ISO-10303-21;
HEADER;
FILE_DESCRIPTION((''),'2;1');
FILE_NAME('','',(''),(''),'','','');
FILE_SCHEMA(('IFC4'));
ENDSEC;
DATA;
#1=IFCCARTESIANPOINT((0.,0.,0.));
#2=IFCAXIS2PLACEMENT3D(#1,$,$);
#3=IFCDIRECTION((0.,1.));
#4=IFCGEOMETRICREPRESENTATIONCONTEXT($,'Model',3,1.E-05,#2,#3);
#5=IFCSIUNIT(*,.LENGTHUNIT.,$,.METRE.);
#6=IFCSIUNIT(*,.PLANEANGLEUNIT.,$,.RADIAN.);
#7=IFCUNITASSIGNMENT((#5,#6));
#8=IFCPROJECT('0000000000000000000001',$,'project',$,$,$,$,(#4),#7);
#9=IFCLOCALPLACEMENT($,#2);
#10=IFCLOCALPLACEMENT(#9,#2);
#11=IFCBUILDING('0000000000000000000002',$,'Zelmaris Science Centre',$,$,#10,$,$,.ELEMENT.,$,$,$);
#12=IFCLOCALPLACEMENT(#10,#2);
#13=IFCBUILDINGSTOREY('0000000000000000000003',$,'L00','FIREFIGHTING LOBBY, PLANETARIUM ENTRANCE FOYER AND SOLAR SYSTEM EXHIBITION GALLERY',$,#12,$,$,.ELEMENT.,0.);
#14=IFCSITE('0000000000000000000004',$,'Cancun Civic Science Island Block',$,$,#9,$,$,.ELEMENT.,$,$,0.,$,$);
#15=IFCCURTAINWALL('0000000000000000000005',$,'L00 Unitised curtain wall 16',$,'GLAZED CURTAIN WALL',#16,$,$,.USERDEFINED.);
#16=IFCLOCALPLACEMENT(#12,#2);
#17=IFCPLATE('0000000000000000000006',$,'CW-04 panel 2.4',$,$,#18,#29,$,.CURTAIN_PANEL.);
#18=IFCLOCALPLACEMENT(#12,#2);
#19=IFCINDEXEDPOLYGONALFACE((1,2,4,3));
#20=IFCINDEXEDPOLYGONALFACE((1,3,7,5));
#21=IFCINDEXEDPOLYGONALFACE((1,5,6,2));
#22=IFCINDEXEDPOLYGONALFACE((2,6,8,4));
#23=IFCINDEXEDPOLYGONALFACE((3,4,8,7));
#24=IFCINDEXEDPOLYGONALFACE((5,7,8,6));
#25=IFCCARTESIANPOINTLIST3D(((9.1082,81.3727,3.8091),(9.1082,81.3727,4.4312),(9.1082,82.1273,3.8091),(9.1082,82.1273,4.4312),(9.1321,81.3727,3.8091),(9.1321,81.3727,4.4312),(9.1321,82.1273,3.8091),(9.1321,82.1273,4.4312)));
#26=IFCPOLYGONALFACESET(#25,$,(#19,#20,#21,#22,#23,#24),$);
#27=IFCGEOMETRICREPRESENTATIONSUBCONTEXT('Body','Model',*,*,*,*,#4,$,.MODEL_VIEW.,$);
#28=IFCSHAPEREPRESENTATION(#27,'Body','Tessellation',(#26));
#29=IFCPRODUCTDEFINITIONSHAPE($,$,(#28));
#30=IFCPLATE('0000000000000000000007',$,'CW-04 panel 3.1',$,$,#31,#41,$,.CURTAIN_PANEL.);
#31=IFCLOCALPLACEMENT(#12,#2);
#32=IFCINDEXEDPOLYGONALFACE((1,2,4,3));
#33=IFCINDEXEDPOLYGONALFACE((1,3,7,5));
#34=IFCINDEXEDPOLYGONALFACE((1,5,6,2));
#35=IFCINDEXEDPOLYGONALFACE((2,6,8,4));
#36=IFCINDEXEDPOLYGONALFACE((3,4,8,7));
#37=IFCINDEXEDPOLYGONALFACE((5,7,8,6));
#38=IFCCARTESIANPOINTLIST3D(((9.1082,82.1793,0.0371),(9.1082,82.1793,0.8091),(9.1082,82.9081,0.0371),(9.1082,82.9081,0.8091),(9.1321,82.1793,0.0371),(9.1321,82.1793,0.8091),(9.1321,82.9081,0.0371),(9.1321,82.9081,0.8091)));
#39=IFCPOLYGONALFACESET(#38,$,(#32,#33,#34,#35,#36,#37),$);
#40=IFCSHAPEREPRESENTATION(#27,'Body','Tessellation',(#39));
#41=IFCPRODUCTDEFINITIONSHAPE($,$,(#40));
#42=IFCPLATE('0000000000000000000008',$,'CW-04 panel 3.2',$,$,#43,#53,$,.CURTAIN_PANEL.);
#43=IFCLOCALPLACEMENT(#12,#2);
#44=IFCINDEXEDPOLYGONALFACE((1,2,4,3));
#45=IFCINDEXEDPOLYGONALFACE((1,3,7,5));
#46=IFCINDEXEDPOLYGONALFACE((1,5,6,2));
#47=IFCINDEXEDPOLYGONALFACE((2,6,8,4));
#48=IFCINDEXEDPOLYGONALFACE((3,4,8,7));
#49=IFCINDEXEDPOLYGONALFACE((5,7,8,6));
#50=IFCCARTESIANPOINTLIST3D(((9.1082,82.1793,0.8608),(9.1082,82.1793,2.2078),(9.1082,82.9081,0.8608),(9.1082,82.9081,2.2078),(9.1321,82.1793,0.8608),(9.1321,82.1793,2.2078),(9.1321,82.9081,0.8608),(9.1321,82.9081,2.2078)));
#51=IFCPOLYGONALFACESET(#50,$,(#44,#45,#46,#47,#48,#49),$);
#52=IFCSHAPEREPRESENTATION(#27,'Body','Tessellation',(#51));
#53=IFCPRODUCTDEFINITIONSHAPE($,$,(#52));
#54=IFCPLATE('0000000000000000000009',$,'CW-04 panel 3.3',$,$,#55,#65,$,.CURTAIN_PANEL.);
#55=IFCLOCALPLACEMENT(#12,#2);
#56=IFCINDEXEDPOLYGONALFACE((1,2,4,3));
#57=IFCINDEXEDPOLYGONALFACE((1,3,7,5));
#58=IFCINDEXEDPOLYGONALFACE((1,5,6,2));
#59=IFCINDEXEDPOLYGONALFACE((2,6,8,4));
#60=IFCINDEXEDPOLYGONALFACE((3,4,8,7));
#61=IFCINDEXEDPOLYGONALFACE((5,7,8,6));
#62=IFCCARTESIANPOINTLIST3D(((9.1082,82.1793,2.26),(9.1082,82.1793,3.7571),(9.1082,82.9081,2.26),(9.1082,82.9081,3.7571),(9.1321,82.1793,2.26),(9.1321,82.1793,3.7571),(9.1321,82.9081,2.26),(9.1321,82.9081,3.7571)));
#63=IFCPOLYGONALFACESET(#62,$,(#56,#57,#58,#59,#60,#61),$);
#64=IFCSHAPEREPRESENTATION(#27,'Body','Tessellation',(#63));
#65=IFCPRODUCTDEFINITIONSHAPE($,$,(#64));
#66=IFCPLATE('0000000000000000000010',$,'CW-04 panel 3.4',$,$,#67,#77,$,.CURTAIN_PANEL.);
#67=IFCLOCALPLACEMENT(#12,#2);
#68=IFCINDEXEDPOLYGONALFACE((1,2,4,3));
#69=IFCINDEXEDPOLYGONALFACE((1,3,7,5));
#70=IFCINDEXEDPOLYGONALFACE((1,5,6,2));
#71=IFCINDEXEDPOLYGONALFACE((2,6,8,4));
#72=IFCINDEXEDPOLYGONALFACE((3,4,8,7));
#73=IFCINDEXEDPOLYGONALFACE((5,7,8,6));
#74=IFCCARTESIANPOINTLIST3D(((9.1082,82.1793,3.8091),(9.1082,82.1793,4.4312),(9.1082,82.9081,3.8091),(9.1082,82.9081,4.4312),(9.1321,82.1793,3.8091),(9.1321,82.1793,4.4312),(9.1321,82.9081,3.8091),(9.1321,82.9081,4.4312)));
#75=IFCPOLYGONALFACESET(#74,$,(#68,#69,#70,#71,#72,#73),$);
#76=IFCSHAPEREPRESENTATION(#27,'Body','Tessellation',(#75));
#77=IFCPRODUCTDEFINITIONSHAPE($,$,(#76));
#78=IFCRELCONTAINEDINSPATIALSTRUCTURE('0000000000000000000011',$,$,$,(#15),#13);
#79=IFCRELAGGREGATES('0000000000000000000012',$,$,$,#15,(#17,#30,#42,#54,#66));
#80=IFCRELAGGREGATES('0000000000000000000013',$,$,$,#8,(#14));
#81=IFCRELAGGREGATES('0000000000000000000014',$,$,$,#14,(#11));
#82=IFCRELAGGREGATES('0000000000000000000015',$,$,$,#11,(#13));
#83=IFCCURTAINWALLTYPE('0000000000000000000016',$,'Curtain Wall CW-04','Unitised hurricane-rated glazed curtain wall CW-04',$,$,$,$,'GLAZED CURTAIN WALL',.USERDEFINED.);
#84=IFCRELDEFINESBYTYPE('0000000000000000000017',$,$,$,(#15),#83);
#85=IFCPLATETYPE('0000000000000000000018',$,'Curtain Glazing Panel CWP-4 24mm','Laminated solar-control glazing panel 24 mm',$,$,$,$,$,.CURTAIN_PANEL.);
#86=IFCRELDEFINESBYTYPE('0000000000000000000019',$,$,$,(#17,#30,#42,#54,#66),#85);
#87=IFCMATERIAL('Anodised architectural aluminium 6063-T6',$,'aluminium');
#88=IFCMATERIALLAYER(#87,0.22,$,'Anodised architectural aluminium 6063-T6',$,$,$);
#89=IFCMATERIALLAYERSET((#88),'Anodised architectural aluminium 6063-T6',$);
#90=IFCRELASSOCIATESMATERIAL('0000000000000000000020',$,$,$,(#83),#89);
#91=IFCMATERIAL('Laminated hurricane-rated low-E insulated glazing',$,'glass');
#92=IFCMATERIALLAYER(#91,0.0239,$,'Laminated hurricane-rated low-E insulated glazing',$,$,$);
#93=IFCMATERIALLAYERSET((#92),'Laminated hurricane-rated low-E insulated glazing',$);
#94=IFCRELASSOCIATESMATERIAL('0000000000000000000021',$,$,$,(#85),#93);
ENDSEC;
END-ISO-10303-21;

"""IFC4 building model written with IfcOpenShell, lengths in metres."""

from ifc_helpers import new_model, si_unit, direction, frame, origin, origin_2d, place, context, subcontext, project, spatial, rectangle, extrude, material, layer, layer_set, type_object, element, aggregate, save


model = new_model("IFC4")

# Units and contexts
model_context = context("Model", 3, precision=1e-05, world=origin(), true_north=direction((0.0, 1.0)))
body_context = subcontext(model_context, "Body", "Model", "MODEL_VIEW")
ifc_project = project(units=[si_unit("LENGTHUNIT", "METRE"), si_unit("PLANEANGLEUNIT", "RADIAN")], contexts=[model_context])

# Site, building, storey
site_placement = place(None, origin())
site = spatial("IfcSite", under=ifc_project, at=site_placement, Name="Cancun Civic Science Island Block", CompositionType="ELEMENT", RefElevation=0.0)
building_placement = place(site_placement, origin())
building = spatial("IfcBuilding", under=site, at=building_placement, Name="Zelmaris Science Centre", CompositionType="ELEMENT")
storey_placement = place(building_placement, origin())
storey = spatial("IfcBuildingStorey", under=building, at=storey_placement, Name="L00", Description="FIREFIGHTING LOBBY, PLANETARIUM ENTRANCE FOYER AND SOLAR SYSTEM EXHIBITION GALLERY", CompositionType="ELEMENT", Elevation=0.0)

# Curtain wall
ifc_material_1 = material(Name="Anodised architectural aluminium 6063-T6", Category="aluminium")
ifc_layer_1 = layer(ifc_material_1, 0.22, Name="Anodised architectural aluminium 6063-T6")
ifc_layer_set_1 = layer_set([ifc_layer_1], Name="Anodised architectural aluminium 6063-T6")
curtain_wall_type = type_object("IfcCurtainWallType", Name="Curtain Wall CW-04", Description="Unitised hurricane-rated glazed curtain wall CW-04", ElementType="GLAZED CURTAIN WALL", PredefinedType="USERDEFINED", material=ifc_layer_set_1)
curtain_wall_placement = place(storey_placement, origin())
curtain_wall = element("IfcCurtainWall", 1, at=curtain_wall_placement, inside=storey, type_object=curtain_wall_type, Name="L00 Unitised curtain wall 16", ObjectType="GLAZED CURTAIN WALL", PredefinedType="USERDEFINED")

# Plates
ifc_material_2 = material(Name="Laminated hurricane-rated low-E insulated glazing", Category="glass")
ifc_layer_2 = layer(ifc_material_2, 0.0239, Name="Laminated hurricane-rated low-E insulated glazing")
ifc_layer_set_2 = layer_set([ifc_layer_2], Name="Laminated hurricane-rated low-E insulated glazing")
plate_type = type_object("IfcPlateType", Name="Curtain Glazing Panel CWP-4 24mm", Description="Laminated solar-control glazing panel 24 mm", PredefinedType="CURTAIN_PANEL", material=ifc_layer_set_2)
plate_1_placement = place(storey_placement, frame((9.1201, 81.75, 3.8091), z_axis=(0.0, 0.0, 1.0), x_axis=(0.0, 1.0, 0.0)))
plate_1 = element("IfcPlate", 2, at=plate_1_placement, type_object=plate_type, Name="CW-04 panel 2.4", PredefinedType="CURTAIN_PANEL", context=body_context, shape_type="SweptSolid", body=[
    extrude(rectangle(XDim=0.7546, YDim=0.0239, at=origin_2d()), origin(), (0.0, 0.0, 1.0), 0.6221),
])
plate_2_placement = place(storey_placement, frame((9.1201, 82.5437, 0.0371), z_axis=(0.0, 0.0, 1.0), x_axis=(0.0, 1.0, 0.0)))
plate_2 = element("IfcPlate", 3, at=plate_2_placement, type_object=plate_type, Name="CW-04 panel 3.1", PredefinedType="CURTAIN_PANEL", context=body_context, shape_type="SweptSolid", body=[
    extrude(rectangle(XDim=0.7288, YDim=0.0239, at=origin_2d()), origin(), (0.0, 0.0, 1.0), 0.772),
])
plate_3_placement = place(storey_placement, frame((9.1201, 82.5437, 0.8608), z_axis=(0.0, 0.0, 1.0), x_axis=(0.0, 1.0, 0.0)))
plate_3 = element("IfcPlate", 4, at=plate_3_placement, type_object=plate_type, Name="CW-04 panel 3.2", PredefinedType="CURTAIN_PANEL", context=body_context, shape_type="SweptSolid", body=[
    extrude(rectangle(XDim=0.7288, YDim=0.0239, at=origin_2d()), origin(), (0.0, 0.0, 1.0), 1.3469),
])
plate_4_placement = place(storey_placement, frame((9.1201, 82.5437, 2.26), z_axis=(0.0, 0.0, 1.0), x_axis=(0.0, 1.0, 0.0)))
plate_4 = element("IfcPlate", 5, at=plate_4_placement, type_object=plate_type, Name="CW-04 panel 3.3", PredefinedType="CURTAIN_PANEL", context=body_context, shape_type="SweptSolid", body=[
    extrude(rectangle(XDim=0.7288, YDim=0.0239, at=origin_2d()), origin(), (0.0, 0.0, 1.0), 1.4971),
])
plate_5_placement = place(storey_placement, frame((9.1201, 82.5437, 3.8091), z_axis=(0.0, 0.0, 1.0), x_axis=(0.0, 1.0, 0.0)))
plate_5 = element("IfcPlate", 6, at=plate_5_placement, type_object=plate_type, Name="CW-04 panel 3.4", PredefinedType="CURTAIN_PANEL", context=body_context, shape_type="SweptSolid", body=[
    extrude(rectangle(XDim=0.7288, YDim=0.0239, at=origin_2d()), origin(), (0.0, 0.0, 1.0), 0.6221),
])
aggregate(curtain_wall, [plate_1, plate_2, plate_3, plate_4, plate_5])

save(model, "model.ifc")
